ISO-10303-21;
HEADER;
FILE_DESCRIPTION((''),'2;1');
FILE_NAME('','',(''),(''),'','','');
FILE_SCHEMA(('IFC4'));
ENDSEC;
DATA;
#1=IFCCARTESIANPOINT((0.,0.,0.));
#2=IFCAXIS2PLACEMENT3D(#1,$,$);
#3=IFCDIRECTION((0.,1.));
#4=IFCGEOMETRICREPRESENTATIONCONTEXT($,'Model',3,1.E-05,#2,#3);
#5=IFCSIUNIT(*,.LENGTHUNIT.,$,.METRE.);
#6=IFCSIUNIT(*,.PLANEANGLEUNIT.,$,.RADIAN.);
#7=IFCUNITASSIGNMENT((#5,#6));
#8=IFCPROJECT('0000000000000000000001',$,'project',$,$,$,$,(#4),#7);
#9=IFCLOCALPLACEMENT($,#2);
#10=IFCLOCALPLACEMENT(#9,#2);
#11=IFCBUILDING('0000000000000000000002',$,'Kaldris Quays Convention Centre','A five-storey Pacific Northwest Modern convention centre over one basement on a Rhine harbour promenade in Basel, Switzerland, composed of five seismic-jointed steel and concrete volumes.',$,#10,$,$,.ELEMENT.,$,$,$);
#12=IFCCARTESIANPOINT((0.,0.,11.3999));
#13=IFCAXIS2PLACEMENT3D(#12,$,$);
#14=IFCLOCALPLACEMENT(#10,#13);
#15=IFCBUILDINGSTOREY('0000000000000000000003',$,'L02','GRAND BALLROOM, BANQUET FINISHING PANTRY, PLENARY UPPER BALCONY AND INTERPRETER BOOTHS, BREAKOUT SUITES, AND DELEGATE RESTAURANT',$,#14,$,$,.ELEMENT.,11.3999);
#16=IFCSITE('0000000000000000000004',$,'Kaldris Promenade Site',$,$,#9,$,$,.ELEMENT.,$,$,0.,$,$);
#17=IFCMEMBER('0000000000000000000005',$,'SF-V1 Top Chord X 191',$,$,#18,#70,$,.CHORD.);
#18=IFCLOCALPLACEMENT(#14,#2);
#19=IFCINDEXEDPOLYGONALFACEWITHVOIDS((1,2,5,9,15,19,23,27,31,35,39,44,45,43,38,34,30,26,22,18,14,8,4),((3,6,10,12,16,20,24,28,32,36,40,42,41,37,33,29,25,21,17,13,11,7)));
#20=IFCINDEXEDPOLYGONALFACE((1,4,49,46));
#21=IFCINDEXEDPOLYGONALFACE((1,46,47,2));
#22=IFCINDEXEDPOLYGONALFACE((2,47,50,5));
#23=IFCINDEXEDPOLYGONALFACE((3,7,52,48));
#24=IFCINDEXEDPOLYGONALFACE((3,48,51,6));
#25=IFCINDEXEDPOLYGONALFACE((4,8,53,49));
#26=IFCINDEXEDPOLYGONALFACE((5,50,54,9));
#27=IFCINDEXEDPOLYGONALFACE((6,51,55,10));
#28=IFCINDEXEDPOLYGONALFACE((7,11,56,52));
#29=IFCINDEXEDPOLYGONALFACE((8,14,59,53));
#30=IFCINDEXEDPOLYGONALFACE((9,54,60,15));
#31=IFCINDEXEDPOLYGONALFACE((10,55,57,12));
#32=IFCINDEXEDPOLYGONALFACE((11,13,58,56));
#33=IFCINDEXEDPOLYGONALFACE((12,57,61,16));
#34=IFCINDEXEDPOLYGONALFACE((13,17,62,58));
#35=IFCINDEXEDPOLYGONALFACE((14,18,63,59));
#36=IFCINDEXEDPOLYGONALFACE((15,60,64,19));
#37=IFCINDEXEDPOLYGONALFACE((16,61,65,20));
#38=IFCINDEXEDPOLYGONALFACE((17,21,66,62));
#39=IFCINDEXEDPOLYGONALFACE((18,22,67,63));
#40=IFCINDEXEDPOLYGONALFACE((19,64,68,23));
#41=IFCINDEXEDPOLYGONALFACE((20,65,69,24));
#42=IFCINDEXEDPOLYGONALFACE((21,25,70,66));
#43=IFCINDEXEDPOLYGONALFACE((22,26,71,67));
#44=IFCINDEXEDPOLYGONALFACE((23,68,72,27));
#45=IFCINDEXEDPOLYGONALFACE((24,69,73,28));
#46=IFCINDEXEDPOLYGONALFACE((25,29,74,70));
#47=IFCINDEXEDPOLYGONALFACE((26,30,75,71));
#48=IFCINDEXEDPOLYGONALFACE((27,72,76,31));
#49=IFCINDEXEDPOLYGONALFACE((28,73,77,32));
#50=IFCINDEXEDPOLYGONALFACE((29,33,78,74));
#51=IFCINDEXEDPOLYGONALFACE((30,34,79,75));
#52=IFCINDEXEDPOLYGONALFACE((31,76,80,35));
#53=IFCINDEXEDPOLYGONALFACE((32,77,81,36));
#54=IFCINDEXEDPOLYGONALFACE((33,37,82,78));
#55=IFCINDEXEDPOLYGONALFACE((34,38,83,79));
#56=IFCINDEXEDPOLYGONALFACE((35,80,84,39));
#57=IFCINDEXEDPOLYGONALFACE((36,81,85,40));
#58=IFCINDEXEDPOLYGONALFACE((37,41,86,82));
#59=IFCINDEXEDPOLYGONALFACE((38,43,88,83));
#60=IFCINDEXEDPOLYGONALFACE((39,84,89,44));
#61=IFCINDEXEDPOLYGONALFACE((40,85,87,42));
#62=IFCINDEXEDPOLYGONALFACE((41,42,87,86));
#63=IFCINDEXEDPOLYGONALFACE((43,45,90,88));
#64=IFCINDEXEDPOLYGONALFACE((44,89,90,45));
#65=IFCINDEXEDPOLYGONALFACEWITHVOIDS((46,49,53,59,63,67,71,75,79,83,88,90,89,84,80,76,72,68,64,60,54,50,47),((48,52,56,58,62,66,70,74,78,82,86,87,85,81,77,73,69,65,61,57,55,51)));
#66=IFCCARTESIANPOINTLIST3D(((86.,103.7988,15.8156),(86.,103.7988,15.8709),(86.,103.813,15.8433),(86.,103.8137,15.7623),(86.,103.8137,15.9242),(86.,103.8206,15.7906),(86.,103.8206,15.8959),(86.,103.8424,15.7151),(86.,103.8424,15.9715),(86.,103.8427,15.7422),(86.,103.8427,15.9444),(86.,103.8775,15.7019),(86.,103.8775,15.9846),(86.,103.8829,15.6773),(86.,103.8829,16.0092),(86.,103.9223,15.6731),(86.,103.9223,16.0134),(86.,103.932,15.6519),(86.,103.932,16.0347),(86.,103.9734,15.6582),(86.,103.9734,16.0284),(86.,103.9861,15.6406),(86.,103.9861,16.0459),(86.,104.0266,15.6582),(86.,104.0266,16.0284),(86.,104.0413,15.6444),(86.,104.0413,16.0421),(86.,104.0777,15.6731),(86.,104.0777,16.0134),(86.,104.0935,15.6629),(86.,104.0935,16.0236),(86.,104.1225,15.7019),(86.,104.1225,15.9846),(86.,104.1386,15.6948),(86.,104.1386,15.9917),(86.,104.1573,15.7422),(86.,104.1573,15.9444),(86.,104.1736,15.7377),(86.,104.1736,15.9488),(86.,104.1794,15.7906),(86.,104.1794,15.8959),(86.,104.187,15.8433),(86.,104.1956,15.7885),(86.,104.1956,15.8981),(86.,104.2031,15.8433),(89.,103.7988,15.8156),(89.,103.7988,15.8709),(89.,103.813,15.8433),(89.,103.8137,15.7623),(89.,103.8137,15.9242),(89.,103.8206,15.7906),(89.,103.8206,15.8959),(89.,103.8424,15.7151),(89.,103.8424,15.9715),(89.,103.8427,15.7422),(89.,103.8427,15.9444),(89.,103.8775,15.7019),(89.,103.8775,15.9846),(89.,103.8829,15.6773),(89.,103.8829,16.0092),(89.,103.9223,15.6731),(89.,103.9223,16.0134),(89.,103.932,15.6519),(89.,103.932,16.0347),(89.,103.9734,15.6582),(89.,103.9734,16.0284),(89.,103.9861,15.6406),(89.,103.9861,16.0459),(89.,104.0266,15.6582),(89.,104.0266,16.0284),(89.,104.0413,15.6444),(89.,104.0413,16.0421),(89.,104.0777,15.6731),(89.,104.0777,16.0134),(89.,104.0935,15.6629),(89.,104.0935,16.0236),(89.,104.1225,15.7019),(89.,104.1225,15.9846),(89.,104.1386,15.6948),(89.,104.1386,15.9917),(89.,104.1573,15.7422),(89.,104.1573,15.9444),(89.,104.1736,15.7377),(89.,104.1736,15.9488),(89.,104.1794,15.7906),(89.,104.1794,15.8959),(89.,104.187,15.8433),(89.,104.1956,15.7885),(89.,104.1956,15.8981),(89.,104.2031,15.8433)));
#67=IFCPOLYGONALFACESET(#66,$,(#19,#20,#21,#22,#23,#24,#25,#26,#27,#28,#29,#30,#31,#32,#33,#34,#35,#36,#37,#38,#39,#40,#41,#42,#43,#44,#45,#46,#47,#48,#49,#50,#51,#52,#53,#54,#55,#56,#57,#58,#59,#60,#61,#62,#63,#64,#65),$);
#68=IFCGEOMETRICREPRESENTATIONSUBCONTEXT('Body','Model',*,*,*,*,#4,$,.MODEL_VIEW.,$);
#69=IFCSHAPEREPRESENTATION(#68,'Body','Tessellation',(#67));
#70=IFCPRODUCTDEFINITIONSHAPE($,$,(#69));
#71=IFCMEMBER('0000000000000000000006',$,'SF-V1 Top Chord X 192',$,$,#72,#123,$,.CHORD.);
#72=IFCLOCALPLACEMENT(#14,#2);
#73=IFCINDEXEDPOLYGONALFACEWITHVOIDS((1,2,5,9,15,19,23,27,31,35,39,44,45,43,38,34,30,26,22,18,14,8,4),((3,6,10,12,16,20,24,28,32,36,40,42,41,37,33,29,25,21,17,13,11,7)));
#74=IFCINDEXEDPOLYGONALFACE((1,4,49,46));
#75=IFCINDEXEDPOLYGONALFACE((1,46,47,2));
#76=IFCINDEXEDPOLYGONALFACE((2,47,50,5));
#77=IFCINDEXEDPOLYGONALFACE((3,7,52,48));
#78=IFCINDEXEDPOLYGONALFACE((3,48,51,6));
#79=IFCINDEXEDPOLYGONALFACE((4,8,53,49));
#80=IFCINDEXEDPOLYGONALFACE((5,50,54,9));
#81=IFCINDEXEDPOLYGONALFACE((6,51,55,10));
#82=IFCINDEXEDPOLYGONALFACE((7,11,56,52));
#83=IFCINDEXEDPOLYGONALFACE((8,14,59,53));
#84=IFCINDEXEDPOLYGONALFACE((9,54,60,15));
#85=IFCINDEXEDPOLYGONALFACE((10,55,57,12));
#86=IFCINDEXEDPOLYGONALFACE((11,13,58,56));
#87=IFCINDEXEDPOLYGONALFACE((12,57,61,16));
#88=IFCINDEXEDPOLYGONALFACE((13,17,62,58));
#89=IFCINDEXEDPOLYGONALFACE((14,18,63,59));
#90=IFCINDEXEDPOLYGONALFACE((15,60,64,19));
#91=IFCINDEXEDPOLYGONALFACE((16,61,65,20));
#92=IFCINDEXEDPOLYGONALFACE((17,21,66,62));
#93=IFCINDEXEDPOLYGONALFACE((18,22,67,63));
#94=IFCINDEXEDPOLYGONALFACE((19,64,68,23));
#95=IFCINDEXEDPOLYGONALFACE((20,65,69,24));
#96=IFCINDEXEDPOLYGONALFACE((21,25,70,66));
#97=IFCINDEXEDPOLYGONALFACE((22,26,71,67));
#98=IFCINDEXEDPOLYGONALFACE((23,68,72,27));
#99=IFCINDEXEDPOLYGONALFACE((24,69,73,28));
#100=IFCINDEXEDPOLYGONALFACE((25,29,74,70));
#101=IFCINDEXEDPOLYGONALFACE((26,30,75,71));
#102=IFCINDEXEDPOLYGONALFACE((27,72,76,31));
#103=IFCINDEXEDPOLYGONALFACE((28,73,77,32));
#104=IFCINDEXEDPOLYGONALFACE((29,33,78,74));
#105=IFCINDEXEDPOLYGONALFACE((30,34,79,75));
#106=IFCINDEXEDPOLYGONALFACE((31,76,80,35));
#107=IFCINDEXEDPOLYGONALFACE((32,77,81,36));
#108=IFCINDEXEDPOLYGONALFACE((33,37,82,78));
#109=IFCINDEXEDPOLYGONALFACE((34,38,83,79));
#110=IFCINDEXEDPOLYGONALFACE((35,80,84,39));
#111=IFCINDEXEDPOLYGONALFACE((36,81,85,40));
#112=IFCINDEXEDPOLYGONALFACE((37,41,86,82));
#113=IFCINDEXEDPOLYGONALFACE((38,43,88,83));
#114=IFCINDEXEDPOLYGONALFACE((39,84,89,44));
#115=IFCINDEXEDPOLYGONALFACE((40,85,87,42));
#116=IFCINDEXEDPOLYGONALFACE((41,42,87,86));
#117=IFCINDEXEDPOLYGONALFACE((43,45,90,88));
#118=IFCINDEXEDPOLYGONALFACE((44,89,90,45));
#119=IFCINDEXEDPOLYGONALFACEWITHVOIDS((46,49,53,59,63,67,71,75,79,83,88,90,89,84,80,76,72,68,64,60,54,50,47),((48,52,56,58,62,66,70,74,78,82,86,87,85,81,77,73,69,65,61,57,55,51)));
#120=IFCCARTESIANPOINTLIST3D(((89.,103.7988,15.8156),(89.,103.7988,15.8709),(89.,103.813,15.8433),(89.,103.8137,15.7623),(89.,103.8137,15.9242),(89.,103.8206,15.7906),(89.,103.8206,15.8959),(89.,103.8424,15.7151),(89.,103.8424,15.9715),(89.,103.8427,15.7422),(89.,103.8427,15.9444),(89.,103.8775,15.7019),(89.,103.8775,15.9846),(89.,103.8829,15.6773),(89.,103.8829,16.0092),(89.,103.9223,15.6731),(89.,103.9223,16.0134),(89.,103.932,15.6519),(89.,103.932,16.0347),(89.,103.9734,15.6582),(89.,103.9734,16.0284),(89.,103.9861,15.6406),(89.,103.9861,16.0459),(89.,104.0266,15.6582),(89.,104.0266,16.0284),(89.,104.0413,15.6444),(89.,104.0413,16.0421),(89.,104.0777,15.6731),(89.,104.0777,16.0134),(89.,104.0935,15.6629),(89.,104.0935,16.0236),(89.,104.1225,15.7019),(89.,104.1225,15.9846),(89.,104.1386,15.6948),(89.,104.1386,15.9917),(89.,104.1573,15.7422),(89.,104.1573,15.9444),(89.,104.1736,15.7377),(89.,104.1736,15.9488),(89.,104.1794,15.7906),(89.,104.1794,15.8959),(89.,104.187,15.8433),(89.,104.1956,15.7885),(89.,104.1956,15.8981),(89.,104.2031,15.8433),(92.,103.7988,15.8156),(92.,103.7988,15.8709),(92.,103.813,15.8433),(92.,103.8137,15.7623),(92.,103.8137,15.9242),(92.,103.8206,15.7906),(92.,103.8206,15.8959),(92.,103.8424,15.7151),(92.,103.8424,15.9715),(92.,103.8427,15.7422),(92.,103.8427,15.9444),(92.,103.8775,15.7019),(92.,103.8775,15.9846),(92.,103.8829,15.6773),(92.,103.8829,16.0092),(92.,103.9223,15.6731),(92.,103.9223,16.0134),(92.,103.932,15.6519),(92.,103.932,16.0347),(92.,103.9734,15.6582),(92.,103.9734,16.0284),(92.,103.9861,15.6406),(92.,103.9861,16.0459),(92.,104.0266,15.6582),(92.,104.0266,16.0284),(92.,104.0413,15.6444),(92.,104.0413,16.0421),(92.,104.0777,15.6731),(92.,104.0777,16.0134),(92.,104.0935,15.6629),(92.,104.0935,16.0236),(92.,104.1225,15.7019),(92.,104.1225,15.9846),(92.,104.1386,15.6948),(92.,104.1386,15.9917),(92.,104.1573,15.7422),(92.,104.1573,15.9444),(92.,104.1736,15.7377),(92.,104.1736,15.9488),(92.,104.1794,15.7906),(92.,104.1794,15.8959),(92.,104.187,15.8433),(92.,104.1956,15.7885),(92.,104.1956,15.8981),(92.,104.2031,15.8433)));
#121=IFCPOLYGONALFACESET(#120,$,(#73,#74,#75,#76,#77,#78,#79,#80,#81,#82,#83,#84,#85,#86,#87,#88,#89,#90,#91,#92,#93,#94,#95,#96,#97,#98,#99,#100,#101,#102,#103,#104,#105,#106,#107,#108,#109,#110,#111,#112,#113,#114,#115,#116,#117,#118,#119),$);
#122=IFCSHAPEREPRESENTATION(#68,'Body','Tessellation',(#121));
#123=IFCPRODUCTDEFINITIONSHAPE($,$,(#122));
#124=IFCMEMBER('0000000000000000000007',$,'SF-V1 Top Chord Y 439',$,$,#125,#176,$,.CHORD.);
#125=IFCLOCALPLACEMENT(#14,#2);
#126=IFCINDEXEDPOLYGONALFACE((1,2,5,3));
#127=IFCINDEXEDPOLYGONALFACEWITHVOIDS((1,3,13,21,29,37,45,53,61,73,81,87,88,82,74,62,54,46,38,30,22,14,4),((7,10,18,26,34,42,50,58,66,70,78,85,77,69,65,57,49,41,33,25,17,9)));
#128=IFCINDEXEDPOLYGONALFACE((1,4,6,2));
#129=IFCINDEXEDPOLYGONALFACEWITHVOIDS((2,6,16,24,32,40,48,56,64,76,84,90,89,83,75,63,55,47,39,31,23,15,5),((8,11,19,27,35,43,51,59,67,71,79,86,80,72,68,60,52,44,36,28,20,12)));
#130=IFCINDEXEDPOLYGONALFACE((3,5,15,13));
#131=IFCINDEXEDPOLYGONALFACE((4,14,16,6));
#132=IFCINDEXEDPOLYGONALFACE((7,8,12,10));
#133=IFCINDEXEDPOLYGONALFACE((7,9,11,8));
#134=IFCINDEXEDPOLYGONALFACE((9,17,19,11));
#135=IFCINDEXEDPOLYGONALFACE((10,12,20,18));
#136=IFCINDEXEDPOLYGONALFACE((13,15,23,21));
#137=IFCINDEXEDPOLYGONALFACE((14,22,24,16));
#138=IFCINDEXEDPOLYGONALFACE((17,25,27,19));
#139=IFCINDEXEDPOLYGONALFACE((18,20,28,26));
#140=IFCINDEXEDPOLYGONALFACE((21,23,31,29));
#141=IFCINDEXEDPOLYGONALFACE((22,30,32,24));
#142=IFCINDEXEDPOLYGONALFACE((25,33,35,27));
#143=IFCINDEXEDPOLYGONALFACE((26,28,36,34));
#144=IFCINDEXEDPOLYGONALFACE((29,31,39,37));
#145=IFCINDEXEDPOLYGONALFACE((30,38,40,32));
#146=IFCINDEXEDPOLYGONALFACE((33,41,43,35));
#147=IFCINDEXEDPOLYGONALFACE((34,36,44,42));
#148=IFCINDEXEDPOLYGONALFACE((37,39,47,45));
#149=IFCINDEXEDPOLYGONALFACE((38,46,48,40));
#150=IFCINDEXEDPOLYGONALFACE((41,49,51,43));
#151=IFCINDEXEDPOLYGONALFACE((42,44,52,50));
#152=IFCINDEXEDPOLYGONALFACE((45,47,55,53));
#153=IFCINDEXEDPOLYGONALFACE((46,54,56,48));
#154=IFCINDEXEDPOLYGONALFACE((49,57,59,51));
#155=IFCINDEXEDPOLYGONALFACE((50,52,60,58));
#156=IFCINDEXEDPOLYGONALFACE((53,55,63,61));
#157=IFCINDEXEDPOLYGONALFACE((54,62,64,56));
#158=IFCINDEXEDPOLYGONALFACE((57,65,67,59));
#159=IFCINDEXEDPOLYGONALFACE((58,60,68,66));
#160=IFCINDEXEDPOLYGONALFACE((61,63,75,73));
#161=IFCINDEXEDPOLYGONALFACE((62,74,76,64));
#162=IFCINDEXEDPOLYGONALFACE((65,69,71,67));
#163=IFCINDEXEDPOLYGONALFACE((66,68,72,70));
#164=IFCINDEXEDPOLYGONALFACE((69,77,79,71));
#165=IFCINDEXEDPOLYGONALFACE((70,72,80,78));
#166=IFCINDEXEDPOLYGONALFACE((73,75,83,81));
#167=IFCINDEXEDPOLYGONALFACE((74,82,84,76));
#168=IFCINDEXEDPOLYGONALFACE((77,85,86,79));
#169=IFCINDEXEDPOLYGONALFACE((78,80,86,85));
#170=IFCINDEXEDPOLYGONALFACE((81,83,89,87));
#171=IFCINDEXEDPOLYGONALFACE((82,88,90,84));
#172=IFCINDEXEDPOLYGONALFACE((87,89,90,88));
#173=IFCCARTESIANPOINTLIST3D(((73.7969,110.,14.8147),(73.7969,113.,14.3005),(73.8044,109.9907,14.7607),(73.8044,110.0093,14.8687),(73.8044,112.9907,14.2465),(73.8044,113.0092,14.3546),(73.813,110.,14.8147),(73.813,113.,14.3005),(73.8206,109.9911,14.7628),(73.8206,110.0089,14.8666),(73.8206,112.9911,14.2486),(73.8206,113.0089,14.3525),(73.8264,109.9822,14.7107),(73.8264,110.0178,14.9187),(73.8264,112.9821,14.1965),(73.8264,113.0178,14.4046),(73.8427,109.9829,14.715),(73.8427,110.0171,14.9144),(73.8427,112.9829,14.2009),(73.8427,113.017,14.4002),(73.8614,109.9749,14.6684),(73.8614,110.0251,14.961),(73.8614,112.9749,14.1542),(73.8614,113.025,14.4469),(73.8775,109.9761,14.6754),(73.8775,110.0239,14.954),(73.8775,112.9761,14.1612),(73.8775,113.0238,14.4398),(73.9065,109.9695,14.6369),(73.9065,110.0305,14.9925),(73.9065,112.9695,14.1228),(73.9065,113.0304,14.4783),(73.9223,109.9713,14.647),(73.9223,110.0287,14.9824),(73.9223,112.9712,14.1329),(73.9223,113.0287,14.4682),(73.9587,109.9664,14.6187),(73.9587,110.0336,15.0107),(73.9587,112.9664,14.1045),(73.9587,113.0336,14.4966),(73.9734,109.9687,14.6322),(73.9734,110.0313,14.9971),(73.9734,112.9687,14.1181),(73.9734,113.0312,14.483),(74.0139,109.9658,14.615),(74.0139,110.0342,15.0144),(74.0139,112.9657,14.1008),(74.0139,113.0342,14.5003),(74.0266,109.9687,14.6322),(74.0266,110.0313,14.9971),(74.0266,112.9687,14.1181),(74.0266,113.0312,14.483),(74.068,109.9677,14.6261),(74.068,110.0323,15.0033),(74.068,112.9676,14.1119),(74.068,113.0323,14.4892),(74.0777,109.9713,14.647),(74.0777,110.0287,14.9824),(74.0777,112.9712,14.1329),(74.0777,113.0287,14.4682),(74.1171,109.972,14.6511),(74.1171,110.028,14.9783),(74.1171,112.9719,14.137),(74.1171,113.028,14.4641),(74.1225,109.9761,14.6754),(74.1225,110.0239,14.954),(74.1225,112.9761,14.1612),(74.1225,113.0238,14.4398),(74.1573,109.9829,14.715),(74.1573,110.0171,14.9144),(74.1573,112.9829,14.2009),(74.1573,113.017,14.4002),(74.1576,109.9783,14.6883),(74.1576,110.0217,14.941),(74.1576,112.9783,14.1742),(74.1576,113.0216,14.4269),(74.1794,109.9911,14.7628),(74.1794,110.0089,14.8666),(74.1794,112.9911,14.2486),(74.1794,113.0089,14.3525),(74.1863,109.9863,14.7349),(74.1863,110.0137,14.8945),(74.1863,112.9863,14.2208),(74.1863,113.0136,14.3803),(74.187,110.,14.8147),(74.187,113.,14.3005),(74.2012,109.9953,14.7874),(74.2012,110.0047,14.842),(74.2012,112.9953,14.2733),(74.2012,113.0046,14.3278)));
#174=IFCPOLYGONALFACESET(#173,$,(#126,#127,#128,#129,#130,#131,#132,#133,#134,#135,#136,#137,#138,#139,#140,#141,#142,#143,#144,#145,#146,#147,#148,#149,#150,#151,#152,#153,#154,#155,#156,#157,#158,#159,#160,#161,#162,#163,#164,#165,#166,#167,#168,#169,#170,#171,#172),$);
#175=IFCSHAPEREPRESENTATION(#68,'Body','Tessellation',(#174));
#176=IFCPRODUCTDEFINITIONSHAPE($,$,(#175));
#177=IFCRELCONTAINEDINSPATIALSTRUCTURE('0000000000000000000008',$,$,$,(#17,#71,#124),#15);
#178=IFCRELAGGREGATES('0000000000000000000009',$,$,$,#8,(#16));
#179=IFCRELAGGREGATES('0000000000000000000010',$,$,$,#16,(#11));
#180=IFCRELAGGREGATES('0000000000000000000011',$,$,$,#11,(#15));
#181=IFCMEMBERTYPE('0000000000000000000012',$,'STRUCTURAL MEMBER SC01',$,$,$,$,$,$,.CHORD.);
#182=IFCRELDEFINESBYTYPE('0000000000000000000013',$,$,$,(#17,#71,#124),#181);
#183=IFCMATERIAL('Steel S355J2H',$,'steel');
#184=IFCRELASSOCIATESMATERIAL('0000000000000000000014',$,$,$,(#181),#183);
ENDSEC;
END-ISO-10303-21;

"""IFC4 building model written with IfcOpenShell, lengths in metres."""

from ifc_helpers import new_model, si_unit, direction, frame, origin, origin_2d, place, context, subcontext, project, spatial, hollow_circle, extrude, material, material_profile, profile_set, type_object, element, save


model = new_model("IFC4")

# Units and contexts
model_context = context("Model", 3, precision=1e-05, world=origin(), true_north=direction((0.0, 1.0)))
body_context = subcontext(model_context, "Body", "Model", "MODEL_VIEW")
ifc_project = project(units=[si_unit("LENGTHUNIT", "METRE"), si_unit("PLANEANGLEUNIT", "RADIAN")], contexts=[model_context])

# Site, building, storey
site_placement = place(None, origin())
site = spatial("IfcSite", under=ifc_project, at=site_placement, Name="Kaldris Promenade Site", CompositionType="ELEMENT", RefElevation=0.0)
building_placement = place(site_placement, origin())
building = spatial("IfcBuilding", under=site, at=building_placement, Name="Kaldris Quays Convention Centre", Description="A five-storey Pacific Northwest Modern convention centre over one basement on a Rhine harbour promenade in Basel, Switzerland, composed of five seismic-jointed steel and concrete volumes.", CompositionType="ELEMENT")
storey_placement = place(building_placement, frame((0.0, 0.0, 11.3999)))
storey = spatial("IfcBuildingStorey", under=building, at=storey_placement, Name="L02", Description="GRAND BALLROOM, BANQUET FINISHING PANTRY, PLENARY UPPER BALCONY AND INTERPRETER BOOTHS, BREAKOUT SUITES, AND DELEGATE RESTAURANT", CompositionType="ELEMENT", Elevation=11.3999)

# Members
ifc_material_1 = material(Name="Steel S355J2H", Category="steel")
ifc_material_profile_1 = material_profile(ifc_material_1, hollow_circle(Radius=0.2031, WallThickness=0.0161, at=origin_2d()), Name="CHS 406.4x16")
ifc_profile_set_1 = profile_set([ifc_material_profile_1], Name="Steel S355J2H")
member_type_1 = type_object("IfcMemberType", Name="STRUCTURAL MEMBER SC01", PredefinedType="CHORD", material=ifc_profile_set_1)
for number, where, z_axis, x_axis, name in (
    (1, (86.0, 104.0, 15.8433), (1.0, 0.0, 0.0), (0.0, 1.0, 0.0), "SF-V1 Top Chord X 191"),
    (2, (89.0, 104.0, 15.8433), (1.0, 0.0, 0.0), (0.0, 1.0, 0.0), "SF-V1 Top Chord X 192"),
):
    element("IfcMember", number, at=place(storey_placement, frame(where, z_axis=z_axis, x_axis=x_axis)), inside=storey, type_object=member_type_1, Name=name, PredefinedType="CHORD", context=body_context, shape_type="SweptSolid", body=[
        extrude(hollow_circle(Radius=0.2031, WallThickness=0.0161, at=origin_2d()), origin(), (0.0, 0.0, 1.0), 3.0),
    ])
for number, where, z_axis, x_axis, name in (
    (3, (74.0, 110.0, 14.8147), (0.0, 0.985629, -0.168924), (-1.0, 0.0, 0.0), "SF-V1 Top Chord Y 439"),
):
    element("IfcMember", number, at=place(storey_placement, frame(where, z_axis=z_axis, x_axis=x_axis)), inside=storey, type_object=member_type_1, Name=name, PredefinedType="CHORD", context=body_context, shape_type="SweptSolid", body=[
        extrude(hollow_circle(Radius=0.2031, WallThickness=0.0161, at=origin_2d()), origin(), (0.0, 0.0, 1.0), 3.0437),
    ])

save(model, "model.ifc")
